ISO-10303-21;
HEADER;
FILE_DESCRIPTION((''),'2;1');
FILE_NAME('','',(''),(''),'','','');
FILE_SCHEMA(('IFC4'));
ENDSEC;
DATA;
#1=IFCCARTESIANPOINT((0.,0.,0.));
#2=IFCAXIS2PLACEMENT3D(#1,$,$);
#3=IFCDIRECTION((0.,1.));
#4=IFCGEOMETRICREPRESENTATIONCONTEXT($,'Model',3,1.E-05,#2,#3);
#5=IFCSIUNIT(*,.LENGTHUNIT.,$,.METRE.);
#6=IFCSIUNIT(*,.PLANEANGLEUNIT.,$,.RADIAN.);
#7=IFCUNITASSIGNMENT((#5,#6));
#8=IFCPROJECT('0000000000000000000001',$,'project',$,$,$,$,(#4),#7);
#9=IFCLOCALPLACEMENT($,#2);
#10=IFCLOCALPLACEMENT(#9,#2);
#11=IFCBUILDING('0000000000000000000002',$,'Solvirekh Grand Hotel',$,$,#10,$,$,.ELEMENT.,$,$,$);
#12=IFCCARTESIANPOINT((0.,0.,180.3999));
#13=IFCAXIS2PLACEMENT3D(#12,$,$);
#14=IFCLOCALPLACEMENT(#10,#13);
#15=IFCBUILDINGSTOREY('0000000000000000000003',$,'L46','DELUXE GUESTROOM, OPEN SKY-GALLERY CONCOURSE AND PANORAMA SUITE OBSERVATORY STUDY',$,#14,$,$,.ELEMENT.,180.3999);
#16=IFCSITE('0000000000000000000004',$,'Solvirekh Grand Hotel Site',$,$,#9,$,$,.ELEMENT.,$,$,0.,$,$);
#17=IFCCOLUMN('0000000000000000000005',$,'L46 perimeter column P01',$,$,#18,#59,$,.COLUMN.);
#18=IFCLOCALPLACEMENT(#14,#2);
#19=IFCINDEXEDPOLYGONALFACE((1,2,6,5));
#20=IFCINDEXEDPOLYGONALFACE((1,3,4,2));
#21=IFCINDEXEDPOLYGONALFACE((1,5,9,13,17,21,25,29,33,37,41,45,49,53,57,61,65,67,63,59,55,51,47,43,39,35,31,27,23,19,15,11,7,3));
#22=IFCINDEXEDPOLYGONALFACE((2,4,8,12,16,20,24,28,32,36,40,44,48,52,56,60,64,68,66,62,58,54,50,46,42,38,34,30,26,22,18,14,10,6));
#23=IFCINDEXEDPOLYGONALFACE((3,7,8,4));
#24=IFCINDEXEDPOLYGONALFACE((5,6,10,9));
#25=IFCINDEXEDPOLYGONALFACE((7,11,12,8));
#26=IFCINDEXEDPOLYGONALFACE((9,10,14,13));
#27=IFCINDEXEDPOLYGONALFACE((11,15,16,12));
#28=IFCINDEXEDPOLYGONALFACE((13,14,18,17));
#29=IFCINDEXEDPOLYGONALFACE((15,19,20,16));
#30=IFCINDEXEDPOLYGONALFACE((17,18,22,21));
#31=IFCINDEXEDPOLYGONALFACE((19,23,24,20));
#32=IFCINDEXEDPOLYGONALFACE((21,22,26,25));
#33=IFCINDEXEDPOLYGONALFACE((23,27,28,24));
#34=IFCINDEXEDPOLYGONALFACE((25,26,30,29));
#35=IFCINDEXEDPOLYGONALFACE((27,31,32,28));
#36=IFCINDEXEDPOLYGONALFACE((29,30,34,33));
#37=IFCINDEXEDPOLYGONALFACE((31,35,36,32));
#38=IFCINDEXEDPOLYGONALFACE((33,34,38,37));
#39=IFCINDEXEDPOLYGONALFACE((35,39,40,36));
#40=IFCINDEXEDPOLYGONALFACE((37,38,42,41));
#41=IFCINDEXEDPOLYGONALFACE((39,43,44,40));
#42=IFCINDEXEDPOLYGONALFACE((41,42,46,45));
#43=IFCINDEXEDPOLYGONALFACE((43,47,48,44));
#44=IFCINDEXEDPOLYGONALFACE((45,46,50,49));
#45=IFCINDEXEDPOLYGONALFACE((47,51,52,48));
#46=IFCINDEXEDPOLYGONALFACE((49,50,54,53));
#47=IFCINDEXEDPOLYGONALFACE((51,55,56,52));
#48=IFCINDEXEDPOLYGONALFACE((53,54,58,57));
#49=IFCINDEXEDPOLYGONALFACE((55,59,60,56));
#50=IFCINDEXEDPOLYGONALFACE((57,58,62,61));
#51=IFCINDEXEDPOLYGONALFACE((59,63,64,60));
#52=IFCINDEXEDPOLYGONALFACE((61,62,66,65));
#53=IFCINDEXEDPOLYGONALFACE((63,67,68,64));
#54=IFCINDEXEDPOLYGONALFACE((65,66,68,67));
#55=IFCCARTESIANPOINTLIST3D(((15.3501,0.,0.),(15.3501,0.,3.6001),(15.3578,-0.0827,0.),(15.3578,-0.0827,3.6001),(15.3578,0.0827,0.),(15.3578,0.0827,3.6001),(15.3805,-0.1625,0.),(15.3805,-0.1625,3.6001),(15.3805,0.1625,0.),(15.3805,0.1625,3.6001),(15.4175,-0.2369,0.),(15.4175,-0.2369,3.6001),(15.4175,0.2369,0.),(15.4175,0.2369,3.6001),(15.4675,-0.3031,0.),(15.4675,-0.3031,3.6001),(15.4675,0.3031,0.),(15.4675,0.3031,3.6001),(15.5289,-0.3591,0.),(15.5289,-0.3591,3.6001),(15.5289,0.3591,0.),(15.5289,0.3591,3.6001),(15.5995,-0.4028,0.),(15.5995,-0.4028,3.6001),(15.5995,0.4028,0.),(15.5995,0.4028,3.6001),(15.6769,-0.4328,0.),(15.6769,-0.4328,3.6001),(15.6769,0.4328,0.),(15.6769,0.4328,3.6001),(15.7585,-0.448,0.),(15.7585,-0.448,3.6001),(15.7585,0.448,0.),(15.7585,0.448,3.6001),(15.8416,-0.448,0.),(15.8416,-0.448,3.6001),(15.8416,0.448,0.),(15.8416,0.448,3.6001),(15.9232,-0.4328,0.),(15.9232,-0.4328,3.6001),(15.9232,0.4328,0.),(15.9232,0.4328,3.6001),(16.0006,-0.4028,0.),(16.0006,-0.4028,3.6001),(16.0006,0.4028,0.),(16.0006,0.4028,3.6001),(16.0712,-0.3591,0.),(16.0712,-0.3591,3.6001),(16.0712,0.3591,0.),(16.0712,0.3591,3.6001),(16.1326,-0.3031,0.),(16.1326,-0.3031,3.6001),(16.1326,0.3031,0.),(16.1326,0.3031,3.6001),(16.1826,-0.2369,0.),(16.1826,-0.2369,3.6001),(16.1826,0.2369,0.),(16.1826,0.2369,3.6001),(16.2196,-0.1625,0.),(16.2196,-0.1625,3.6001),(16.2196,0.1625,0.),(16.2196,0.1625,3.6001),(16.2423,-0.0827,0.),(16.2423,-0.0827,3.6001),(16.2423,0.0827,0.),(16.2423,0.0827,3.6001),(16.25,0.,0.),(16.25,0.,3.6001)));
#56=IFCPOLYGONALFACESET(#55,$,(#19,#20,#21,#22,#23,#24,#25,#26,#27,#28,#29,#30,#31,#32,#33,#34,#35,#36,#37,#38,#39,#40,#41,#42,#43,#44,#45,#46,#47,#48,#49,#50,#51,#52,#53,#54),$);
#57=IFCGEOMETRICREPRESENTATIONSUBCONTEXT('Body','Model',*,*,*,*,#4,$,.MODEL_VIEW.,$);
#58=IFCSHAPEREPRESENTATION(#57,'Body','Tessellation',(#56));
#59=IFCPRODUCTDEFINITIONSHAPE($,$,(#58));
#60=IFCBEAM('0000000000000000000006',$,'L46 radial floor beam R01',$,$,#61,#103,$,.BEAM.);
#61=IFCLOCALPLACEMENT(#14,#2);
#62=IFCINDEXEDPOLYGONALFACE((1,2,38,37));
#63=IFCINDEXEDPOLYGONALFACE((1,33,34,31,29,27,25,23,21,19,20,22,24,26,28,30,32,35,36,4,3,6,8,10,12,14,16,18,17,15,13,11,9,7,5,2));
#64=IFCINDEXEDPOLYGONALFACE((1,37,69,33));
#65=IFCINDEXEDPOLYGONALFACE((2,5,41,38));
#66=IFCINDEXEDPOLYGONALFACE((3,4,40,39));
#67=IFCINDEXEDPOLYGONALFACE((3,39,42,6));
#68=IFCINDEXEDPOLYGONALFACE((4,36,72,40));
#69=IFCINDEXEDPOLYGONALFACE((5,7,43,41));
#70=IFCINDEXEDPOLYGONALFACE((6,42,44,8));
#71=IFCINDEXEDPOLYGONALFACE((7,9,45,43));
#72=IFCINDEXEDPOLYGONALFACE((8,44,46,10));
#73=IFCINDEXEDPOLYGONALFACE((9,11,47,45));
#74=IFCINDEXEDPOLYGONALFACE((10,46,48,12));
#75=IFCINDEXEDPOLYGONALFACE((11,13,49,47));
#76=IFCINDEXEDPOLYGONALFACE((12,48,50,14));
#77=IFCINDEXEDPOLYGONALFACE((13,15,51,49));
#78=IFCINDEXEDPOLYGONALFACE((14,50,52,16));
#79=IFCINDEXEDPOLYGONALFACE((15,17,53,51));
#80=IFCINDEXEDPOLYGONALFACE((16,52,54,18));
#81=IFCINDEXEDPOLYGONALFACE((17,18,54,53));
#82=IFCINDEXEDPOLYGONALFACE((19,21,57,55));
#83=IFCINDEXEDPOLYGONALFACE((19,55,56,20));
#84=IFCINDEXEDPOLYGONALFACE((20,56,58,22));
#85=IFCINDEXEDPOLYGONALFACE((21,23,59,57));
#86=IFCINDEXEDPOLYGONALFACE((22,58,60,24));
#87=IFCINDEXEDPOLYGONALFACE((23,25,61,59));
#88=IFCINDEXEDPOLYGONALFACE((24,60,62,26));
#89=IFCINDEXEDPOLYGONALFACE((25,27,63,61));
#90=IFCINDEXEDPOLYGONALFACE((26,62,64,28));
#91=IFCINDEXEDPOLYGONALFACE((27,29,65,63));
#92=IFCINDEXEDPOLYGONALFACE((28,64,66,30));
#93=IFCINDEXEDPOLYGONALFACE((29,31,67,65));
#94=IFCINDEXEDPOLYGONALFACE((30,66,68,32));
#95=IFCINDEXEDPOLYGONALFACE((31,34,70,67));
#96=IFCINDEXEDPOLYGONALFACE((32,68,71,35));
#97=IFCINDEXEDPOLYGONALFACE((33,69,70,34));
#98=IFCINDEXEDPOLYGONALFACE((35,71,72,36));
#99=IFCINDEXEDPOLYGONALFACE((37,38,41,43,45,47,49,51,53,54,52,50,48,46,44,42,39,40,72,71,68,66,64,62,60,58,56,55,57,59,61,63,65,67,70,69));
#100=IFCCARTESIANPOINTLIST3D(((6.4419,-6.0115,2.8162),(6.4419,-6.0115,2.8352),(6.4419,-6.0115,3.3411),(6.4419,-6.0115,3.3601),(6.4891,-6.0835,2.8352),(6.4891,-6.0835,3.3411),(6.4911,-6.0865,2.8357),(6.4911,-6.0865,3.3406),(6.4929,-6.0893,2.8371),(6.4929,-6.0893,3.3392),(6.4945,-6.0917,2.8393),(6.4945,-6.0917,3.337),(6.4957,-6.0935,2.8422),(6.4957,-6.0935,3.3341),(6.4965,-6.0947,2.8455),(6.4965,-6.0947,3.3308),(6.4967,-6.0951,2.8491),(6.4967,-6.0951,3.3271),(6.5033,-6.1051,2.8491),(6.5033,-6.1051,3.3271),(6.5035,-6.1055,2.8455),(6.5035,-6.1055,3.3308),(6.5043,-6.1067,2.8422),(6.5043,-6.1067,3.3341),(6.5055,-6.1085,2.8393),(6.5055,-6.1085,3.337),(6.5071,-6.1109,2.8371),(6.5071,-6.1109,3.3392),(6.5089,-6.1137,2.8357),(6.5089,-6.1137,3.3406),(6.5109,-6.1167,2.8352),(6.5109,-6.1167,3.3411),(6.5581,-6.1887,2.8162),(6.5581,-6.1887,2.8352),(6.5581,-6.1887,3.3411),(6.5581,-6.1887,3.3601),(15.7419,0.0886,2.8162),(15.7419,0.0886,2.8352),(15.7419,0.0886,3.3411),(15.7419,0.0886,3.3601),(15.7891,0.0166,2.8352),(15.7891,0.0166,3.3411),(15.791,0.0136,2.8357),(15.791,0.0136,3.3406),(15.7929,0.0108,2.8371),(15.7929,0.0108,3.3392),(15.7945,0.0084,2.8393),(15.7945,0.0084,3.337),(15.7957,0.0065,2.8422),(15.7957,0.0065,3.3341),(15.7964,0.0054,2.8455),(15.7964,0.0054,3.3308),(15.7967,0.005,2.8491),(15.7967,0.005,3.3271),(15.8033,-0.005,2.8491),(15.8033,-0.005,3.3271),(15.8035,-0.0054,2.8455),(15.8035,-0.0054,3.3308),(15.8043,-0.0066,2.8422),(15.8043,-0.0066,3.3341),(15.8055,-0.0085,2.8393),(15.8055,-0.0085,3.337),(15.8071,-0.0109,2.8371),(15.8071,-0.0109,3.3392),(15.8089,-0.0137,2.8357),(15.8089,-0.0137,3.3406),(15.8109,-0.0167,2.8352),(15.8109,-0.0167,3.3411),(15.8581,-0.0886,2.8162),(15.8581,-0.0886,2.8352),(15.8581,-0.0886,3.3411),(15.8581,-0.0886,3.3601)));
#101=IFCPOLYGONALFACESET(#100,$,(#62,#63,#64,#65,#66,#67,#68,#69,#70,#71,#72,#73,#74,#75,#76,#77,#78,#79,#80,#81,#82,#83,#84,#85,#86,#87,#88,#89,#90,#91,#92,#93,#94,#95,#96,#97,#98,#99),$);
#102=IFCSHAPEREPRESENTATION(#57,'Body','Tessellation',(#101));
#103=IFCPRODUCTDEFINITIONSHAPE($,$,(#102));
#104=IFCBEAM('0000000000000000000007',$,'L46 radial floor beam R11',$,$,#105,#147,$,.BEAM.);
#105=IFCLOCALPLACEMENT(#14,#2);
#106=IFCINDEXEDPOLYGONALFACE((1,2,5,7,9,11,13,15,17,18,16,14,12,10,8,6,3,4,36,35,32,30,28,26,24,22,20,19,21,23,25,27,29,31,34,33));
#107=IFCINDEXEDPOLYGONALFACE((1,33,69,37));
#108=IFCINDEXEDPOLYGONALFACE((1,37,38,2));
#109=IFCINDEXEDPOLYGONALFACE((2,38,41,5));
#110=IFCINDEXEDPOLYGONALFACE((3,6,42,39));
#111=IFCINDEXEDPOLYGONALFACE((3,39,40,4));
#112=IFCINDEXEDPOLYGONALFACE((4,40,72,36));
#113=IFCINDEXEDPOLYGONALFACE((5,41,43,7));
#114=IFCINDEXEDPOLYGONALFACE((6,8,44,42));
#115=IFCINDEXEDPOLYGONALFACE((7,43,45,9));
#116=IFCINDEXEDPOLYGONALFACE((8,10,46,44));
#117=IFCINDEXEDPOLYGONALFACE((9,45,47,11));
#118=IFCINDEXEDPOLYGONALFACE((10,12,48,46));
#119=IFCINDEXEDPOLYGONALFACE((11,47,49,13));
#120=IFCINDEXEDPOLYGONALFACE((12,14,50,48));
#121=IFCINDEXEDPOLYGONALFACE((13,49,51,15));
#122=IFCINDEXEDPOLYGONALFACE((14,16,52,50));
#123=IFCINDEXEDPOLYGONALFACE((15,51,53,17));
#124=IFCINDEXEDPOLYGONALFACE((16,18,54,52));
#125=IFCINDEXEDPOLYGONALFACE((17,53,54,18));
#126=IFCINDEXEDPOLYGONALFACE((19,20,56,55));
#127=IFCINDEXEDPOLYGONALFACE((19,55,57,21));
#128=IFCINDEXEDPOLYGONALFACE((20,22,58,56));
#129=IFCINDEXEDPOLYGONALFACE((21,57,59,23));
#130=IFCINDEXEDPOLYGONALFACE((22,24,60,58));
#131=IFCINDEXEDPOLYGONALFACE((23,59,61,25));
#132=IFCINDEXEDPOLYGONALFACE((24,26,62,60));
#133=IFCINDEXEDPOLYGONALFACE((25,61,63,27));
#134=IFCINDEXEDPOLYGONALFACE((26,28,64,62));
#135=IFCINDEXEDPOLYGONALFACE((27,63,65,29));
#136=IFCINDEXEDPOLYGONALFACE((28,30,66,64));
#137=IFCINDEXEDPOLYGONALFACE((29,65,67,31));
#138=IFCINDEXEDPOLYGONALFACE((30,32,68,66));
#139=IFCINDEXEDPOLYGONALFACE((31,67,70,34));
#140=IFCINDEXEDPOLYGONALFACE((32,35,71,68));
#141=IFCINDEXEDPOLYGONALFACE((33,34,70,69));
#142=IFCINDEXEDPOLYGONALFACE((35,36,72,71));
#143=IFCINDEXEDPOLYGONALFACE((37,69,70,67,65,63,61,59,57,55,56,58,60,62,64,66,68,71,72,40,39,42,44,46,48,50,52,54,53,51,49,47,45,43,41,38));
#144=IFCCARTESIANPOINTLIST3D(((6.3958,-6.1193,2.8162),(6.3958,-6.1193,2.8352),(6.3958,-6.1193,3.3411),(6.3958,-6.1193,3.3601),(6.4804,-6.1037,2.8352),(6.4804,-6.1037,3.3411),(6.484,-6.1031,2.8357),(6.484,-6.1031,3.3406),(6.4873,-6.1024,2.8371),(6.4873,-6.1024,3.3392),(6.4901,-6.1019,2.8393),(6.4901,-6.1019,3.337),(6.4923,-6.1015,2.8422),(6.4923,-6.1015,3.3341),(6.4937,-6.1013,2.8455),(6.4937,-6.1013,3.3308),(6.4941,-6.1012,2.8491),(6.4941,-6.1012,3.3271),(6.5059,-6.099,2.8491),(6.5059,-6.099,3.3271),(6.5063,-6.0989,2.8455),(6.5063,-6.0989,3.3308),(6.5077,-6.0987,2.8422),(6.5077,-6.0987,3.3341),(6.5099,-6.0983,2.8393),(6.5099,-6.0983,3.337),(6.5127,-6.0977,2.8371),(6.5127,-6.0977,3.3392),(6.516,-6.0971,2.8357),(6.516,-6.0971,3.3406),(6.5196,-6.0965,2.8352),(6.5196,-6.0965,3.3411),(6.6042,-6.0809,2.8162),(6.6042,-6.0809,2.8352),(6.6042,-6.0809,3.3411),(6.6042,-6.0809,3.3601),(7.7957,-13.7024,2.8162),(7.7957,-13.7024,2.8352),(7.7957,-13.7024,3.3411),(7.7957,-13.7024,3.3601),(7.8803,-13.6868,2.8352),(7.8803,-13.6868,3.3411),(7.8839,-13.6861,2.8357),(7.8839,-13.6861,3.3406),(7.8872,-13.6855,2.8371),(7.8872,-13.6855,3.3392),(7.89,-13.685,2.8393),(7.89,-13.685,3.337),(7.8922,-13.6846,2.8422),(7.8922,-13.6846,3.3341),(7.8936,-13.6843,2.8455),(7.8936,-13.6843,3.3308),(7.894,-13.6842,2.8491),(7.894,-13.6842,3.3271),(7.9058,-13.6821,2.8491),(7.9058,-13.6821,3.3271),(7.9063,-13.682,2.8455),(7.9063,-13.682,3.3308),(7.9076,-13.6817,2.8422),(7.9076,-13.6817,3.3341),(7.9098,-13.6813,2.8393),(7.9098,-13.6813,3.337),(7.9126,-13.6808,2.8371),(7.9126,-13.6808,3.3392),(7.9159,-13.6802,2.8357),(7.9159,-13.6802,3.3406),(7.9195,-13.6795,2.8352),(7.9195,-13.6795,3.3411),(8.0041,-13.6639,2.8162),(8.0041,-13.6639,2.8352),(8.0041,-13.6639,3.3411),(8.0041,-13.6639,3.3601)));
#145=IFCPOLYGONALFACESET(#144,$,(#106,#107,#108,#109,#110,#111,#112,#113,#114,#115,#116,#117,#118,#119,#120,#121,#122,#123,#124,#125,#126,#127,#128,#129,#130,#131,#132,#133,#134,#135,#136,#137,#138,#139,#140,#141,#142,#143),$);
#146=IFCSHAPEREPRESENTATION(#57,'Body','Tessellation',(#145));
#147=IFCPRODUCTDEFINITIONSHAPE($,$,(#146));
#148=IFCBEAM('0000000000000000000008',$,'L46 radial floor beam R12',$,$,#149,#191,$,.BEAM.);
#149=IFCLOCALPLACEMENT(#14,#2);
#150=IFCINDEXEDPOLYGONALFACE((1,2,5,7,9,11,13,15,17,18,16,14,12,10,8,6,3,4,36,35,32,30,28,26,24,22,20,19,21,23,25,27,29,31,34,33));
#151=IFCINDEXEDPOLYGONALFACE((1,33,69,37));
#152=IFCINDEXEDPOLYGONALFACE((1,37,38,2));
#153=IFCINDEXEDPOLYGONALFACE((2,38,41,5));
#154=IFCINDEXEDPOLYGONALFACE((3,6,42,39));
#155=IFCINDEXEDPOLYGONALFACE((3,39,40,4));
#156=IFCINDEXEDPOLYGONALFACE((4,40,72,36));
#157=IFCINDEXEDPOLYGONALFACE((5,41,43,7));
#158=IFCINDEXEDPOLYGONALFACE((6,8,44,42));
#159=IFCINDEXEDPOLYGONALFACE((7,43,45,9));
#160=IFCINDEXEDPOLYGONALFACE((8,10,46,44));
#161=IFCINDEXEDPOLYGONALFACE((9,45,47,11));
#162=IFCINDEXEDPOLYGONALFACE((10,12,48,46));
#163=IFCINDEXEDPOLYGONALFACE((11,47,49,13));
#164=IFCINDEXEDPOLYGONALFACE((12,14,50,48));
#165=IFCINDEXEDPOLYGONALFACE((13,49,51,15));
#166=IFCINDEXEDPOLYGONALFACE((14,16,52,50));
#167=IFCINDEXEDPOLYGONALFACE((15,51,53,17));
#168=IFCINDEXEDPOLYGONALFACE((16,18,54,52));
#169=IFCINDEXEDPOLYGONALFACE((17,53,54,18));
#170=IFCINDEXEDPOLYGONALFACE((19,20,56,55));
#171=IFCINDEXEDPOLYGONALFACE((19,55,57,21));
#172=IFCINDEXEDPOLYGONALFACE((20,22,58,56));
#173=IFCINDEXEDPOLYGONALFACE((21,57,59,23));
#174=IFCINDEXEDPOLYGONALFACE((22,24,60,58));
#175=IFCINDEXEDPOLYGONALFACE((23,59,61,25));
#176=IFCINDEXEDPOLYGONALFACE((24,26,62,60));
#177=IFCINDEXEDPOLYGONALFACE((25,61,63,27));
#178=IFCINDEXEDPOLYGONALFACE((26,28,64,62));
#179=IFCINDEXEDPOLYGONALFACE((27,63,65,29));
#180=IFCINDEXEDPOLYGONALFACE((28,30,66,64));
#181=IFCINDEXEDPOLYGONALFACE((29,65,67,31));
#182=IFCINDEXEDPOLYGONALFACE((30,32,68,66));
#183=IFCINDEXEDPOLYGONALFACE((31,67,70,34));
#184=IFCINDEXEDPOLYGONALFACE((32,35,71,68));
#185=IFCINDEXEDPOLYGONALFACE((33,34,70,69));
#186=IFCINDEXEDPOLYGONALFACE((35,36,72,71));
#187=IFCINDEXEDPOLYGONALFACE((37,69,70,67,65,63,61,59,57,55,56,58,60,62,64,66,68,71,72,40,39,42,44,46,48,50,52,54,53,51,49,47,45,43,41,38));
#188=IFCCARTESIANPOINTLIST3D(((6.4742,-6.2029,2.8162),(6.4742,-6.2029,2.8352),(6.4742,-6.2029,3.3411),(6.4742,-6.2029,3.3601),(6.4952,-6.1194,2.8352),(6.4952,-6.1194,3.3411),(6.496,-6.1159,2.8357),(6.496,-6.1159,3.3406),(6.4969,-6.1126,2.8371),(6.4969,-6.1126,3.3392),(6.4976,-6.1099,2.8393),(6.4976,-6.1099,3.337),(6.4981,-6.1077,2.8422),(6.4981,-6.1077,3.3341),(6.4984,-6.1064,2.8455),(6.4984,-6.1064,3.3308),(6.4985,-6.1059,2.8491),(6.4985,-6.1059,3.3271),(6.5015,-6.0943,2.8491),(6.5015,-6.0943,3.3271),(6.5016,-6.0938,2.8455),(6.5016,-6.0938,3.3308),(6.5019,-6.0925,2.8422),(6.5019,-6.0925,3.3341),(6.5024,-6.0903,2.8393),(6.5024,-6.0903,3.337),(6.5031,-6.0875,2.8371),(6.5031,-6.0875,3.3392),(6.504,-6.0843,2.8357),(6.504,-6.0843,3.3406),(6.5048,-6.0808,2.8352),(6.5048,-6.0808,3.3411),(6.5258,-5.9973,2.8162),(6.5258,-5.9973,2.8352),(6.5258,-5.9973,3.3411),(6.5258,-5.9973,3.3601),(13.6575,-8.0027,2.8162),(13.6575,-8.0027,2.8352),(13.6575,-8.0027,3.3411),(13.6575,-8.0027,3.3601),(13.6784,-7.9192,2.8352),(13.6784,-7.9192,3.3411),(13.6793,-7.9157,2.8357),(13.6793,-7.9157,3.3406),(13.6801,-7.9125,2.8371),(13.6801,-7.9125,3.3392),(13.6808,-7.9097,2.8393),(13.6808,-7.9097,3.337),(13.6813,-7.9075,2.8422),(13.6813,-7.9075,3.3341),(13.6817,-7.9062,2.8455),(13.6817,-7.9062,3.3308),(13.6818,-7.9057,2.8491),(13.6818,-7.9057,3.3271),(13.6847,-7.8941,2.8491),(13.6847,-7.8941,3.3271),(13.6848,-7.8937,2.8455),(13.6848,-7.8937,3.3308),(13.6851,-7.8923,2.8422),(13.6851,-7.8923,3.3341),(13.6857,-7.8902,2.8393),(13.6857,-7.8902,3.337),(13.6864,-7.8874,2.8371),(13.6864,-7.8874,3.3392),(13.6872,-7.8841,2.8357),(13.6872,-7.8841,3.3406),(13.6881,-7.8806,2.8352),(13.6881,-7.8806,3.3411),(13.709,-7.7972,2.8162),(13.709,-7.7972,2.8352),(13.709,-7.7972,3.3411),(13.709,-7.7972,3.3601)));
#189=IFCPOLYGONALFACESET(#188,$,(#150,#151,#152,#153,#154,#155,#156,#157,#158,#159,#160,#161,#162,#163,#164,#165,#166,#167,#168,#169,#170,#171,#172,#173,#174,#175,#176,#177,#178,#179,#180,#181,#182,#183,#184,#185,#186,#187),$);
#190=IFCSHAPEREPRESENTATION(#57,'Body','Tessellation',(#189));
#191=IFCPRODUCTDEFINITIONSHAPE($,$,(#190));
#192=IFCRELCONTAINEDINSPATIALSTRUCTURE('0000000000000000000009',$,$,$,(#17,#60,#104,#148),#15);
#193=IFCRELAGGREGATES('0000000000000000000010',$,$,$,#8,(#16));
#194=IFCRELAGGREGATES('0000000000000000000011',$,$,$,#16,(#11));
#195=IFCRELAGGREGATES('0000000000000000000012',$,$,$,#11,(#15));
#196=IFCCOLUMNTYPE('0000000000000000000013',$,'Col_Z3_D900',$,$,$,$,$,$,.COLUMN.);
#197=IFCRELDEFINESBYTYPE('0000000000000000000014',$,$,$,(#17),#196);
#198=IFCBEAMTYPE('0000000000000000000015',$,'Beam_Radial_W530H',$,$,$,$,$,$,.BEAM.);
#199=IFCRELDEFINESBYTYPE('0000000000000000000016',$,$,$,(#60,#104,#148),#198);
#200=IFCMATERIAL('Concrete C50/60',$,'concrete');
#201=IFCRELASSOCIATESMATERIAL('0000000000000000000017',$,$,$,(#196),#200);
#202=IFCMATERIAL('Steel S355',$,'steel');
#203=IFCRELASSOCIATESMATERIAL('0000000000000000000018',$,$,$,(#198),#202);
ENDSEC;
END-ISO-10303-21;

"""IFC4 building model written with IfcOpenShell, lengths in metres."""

from ifc_helpers import new_model, si_unit, direction, frame, origin, origin_2d, place, context, subcontext, project, spatial, circle, i_section, extrude, material, material_profile, profile_set, type_object, element, save


model = new_model("IFC4")

# Units and contexts
model_context = context("Model", 3, precision=1e-05, world=origin(), true_north=direction((0.0, 1.0)))
body_context = subcontext(model_context, "Body", "Model", "MODEL_VIEW")
ifc_project = project(units=[si_unit("LENGTHUNIT", "METRE"), si_unit("PLANEANGLEUNIT", "RADIAN")], contexts=[model_context])

# Site, building, storey
site_placement = place(None, origin())
site = spatial("IfcSite", under=ifc_project, at=site_placement, Name="Solvirekh Grand Hotel Site", CompositionType="ELEMENT", RefElevation=0.0)
building_placement = place(site_placement, origin())
building = spatial("IfcBuilding", under=site, at=building_placement, Name="Solvirekh Grand Hotel", CompositionType="ELEMENT")
storey_placement = place(building_placement, frame((0.0, 0.0, 180.3999)))
storey = spatial("IfcBuildingStorey", under=building, at=storey_placement, Name="L46", Description="DELUXE GUESTROOM, OPEN SKY-GALLERY CONCOURSE AND PANORAMA SUITE OBSERVATORY STUDY", CompositionType="ELEMENT", Elevation=180.3999)

# Column
ifc_material_1 = material(Name="Concrete C50/60", Category="concrete")
ifc_material_profile_1 = material_profile(ifc_material_1, circle(Radius=0.45, at=origin_2d()), Name="RC CIRC D900")
ifc_profile_set_1 = profile_set([ifc_material_profile_1], Name="Concrete C50/60")
column_type = type_object("IfcColumnType", Name="Col_Z3_D900", PredefinedType="COLUMN", material=ifc_profile_set_1)
column_placement = place(storey_placement, frame((15.8, 0.0, 0.0), z_axis=(0.0, 0.0, 1.0), x_axis=(1.0, 0.0, 0.0)))
element("IfcColumn", 1, at=column_placement, inside=storey, type_object=column_type, Name="L46 perimeter column P01", PredefinedType="COLUMN", context=body_context, shape_type="SweptSolid", body=[
    extrude(circle(Radius=0.45, at=origin_2d()), origin(), (0.0, 0.0, 1.0), 3.6001),
])

# Beams
ifc_material_2 = material(Name="Steel S355", Category="steel")
ifc_material_profile_2 = material_profile(ifc_material_2, i_section(OverallWidth=0.2119, OverallDepth=0.5439, WebThickness=0.012, FlangeThickness=0.019, FilletRadius=0.0139, at=origin_2d()), Name="W530X123")
ifc_profile_set_2 = profile_set([ifc_material_profile_2], Name="Steel S355")
beam_type_1 = type_object("IfcBeamType", Name="Beam_Radial_W530H", PredefinedType="BEAM", material=ifc_profile_set_2)
beam_1_placement = place(storey_placement, frame((6.5, -6.1001, 3.0881), z_axis=(0.836174, 0.548464, 0.0), x_axis=(-0.548464, 0.836174, 0.0)))
element("IfcBeam", 2, at=beam_1_placement, inside=storey, type_object=beam_type_1, Name="L46 radial floor beam R01", PredefinedType="BEAM", context=body_context, shape_type="SweptSolid", body=[
    extrude(i_section(OverallWidth=0.2119, OverallDepth=0.5439, WebThickness=0.012, FlangeThickness=0.019, FilletRadius=0.0139, at=origin_2d()), origin(), (0.0, 0.0, 1.0), 11.1221),
])
beam_2_placement = place(storey_placement, frame((6.5, -6.1001, 3.0881), z_axis=(0.181543, -0.983383, 0.0), x_axis=(0.983383, 0.181543, 0.0)))
element("IfcBeam", 3, at=beam_2_placement, inside=storey, type_object=beam_type_1, Name="L46 radial floor beam R11", PredefinedType="BEAM", context=body_context, shape_type="SweptSolid", body=[
    extrude(i_section(OverallWidth=0.2119, OverallDepth=0.5439, WebThickness=0.012, FlangeThickness=0.019, FilletRadius=0.0139, at=origin_2d()), origin(), (0.0, 0.0, 1.0), 7.7112),
])
beam_3_placement = place(storey_placement, frame((6.5, -6.1001, 3.0881), z_axis=(0.970014, -0.243048, 0.0), x_axis=(0.243048, 0.970014, 0.0)))
element("IfcBeam", 4, at=beam_3_placement, inside=storey, type_object=beam_type_1, Name="L46 radial floor beam R12", PredefinedType="BEAM", context=body_context, shape_type="SweptSolid", body=[
    extrude(i_section(OverallWidth=0.2119, OverallDepth=0.5439, WebThickness=0.012, FlangeThickness=0.019, FilletRadius=0.0139, at=origin_2d()), origin(), (0.0, 0.0, 1.0), 7.4053),
])

save(model, "model.ifc")
